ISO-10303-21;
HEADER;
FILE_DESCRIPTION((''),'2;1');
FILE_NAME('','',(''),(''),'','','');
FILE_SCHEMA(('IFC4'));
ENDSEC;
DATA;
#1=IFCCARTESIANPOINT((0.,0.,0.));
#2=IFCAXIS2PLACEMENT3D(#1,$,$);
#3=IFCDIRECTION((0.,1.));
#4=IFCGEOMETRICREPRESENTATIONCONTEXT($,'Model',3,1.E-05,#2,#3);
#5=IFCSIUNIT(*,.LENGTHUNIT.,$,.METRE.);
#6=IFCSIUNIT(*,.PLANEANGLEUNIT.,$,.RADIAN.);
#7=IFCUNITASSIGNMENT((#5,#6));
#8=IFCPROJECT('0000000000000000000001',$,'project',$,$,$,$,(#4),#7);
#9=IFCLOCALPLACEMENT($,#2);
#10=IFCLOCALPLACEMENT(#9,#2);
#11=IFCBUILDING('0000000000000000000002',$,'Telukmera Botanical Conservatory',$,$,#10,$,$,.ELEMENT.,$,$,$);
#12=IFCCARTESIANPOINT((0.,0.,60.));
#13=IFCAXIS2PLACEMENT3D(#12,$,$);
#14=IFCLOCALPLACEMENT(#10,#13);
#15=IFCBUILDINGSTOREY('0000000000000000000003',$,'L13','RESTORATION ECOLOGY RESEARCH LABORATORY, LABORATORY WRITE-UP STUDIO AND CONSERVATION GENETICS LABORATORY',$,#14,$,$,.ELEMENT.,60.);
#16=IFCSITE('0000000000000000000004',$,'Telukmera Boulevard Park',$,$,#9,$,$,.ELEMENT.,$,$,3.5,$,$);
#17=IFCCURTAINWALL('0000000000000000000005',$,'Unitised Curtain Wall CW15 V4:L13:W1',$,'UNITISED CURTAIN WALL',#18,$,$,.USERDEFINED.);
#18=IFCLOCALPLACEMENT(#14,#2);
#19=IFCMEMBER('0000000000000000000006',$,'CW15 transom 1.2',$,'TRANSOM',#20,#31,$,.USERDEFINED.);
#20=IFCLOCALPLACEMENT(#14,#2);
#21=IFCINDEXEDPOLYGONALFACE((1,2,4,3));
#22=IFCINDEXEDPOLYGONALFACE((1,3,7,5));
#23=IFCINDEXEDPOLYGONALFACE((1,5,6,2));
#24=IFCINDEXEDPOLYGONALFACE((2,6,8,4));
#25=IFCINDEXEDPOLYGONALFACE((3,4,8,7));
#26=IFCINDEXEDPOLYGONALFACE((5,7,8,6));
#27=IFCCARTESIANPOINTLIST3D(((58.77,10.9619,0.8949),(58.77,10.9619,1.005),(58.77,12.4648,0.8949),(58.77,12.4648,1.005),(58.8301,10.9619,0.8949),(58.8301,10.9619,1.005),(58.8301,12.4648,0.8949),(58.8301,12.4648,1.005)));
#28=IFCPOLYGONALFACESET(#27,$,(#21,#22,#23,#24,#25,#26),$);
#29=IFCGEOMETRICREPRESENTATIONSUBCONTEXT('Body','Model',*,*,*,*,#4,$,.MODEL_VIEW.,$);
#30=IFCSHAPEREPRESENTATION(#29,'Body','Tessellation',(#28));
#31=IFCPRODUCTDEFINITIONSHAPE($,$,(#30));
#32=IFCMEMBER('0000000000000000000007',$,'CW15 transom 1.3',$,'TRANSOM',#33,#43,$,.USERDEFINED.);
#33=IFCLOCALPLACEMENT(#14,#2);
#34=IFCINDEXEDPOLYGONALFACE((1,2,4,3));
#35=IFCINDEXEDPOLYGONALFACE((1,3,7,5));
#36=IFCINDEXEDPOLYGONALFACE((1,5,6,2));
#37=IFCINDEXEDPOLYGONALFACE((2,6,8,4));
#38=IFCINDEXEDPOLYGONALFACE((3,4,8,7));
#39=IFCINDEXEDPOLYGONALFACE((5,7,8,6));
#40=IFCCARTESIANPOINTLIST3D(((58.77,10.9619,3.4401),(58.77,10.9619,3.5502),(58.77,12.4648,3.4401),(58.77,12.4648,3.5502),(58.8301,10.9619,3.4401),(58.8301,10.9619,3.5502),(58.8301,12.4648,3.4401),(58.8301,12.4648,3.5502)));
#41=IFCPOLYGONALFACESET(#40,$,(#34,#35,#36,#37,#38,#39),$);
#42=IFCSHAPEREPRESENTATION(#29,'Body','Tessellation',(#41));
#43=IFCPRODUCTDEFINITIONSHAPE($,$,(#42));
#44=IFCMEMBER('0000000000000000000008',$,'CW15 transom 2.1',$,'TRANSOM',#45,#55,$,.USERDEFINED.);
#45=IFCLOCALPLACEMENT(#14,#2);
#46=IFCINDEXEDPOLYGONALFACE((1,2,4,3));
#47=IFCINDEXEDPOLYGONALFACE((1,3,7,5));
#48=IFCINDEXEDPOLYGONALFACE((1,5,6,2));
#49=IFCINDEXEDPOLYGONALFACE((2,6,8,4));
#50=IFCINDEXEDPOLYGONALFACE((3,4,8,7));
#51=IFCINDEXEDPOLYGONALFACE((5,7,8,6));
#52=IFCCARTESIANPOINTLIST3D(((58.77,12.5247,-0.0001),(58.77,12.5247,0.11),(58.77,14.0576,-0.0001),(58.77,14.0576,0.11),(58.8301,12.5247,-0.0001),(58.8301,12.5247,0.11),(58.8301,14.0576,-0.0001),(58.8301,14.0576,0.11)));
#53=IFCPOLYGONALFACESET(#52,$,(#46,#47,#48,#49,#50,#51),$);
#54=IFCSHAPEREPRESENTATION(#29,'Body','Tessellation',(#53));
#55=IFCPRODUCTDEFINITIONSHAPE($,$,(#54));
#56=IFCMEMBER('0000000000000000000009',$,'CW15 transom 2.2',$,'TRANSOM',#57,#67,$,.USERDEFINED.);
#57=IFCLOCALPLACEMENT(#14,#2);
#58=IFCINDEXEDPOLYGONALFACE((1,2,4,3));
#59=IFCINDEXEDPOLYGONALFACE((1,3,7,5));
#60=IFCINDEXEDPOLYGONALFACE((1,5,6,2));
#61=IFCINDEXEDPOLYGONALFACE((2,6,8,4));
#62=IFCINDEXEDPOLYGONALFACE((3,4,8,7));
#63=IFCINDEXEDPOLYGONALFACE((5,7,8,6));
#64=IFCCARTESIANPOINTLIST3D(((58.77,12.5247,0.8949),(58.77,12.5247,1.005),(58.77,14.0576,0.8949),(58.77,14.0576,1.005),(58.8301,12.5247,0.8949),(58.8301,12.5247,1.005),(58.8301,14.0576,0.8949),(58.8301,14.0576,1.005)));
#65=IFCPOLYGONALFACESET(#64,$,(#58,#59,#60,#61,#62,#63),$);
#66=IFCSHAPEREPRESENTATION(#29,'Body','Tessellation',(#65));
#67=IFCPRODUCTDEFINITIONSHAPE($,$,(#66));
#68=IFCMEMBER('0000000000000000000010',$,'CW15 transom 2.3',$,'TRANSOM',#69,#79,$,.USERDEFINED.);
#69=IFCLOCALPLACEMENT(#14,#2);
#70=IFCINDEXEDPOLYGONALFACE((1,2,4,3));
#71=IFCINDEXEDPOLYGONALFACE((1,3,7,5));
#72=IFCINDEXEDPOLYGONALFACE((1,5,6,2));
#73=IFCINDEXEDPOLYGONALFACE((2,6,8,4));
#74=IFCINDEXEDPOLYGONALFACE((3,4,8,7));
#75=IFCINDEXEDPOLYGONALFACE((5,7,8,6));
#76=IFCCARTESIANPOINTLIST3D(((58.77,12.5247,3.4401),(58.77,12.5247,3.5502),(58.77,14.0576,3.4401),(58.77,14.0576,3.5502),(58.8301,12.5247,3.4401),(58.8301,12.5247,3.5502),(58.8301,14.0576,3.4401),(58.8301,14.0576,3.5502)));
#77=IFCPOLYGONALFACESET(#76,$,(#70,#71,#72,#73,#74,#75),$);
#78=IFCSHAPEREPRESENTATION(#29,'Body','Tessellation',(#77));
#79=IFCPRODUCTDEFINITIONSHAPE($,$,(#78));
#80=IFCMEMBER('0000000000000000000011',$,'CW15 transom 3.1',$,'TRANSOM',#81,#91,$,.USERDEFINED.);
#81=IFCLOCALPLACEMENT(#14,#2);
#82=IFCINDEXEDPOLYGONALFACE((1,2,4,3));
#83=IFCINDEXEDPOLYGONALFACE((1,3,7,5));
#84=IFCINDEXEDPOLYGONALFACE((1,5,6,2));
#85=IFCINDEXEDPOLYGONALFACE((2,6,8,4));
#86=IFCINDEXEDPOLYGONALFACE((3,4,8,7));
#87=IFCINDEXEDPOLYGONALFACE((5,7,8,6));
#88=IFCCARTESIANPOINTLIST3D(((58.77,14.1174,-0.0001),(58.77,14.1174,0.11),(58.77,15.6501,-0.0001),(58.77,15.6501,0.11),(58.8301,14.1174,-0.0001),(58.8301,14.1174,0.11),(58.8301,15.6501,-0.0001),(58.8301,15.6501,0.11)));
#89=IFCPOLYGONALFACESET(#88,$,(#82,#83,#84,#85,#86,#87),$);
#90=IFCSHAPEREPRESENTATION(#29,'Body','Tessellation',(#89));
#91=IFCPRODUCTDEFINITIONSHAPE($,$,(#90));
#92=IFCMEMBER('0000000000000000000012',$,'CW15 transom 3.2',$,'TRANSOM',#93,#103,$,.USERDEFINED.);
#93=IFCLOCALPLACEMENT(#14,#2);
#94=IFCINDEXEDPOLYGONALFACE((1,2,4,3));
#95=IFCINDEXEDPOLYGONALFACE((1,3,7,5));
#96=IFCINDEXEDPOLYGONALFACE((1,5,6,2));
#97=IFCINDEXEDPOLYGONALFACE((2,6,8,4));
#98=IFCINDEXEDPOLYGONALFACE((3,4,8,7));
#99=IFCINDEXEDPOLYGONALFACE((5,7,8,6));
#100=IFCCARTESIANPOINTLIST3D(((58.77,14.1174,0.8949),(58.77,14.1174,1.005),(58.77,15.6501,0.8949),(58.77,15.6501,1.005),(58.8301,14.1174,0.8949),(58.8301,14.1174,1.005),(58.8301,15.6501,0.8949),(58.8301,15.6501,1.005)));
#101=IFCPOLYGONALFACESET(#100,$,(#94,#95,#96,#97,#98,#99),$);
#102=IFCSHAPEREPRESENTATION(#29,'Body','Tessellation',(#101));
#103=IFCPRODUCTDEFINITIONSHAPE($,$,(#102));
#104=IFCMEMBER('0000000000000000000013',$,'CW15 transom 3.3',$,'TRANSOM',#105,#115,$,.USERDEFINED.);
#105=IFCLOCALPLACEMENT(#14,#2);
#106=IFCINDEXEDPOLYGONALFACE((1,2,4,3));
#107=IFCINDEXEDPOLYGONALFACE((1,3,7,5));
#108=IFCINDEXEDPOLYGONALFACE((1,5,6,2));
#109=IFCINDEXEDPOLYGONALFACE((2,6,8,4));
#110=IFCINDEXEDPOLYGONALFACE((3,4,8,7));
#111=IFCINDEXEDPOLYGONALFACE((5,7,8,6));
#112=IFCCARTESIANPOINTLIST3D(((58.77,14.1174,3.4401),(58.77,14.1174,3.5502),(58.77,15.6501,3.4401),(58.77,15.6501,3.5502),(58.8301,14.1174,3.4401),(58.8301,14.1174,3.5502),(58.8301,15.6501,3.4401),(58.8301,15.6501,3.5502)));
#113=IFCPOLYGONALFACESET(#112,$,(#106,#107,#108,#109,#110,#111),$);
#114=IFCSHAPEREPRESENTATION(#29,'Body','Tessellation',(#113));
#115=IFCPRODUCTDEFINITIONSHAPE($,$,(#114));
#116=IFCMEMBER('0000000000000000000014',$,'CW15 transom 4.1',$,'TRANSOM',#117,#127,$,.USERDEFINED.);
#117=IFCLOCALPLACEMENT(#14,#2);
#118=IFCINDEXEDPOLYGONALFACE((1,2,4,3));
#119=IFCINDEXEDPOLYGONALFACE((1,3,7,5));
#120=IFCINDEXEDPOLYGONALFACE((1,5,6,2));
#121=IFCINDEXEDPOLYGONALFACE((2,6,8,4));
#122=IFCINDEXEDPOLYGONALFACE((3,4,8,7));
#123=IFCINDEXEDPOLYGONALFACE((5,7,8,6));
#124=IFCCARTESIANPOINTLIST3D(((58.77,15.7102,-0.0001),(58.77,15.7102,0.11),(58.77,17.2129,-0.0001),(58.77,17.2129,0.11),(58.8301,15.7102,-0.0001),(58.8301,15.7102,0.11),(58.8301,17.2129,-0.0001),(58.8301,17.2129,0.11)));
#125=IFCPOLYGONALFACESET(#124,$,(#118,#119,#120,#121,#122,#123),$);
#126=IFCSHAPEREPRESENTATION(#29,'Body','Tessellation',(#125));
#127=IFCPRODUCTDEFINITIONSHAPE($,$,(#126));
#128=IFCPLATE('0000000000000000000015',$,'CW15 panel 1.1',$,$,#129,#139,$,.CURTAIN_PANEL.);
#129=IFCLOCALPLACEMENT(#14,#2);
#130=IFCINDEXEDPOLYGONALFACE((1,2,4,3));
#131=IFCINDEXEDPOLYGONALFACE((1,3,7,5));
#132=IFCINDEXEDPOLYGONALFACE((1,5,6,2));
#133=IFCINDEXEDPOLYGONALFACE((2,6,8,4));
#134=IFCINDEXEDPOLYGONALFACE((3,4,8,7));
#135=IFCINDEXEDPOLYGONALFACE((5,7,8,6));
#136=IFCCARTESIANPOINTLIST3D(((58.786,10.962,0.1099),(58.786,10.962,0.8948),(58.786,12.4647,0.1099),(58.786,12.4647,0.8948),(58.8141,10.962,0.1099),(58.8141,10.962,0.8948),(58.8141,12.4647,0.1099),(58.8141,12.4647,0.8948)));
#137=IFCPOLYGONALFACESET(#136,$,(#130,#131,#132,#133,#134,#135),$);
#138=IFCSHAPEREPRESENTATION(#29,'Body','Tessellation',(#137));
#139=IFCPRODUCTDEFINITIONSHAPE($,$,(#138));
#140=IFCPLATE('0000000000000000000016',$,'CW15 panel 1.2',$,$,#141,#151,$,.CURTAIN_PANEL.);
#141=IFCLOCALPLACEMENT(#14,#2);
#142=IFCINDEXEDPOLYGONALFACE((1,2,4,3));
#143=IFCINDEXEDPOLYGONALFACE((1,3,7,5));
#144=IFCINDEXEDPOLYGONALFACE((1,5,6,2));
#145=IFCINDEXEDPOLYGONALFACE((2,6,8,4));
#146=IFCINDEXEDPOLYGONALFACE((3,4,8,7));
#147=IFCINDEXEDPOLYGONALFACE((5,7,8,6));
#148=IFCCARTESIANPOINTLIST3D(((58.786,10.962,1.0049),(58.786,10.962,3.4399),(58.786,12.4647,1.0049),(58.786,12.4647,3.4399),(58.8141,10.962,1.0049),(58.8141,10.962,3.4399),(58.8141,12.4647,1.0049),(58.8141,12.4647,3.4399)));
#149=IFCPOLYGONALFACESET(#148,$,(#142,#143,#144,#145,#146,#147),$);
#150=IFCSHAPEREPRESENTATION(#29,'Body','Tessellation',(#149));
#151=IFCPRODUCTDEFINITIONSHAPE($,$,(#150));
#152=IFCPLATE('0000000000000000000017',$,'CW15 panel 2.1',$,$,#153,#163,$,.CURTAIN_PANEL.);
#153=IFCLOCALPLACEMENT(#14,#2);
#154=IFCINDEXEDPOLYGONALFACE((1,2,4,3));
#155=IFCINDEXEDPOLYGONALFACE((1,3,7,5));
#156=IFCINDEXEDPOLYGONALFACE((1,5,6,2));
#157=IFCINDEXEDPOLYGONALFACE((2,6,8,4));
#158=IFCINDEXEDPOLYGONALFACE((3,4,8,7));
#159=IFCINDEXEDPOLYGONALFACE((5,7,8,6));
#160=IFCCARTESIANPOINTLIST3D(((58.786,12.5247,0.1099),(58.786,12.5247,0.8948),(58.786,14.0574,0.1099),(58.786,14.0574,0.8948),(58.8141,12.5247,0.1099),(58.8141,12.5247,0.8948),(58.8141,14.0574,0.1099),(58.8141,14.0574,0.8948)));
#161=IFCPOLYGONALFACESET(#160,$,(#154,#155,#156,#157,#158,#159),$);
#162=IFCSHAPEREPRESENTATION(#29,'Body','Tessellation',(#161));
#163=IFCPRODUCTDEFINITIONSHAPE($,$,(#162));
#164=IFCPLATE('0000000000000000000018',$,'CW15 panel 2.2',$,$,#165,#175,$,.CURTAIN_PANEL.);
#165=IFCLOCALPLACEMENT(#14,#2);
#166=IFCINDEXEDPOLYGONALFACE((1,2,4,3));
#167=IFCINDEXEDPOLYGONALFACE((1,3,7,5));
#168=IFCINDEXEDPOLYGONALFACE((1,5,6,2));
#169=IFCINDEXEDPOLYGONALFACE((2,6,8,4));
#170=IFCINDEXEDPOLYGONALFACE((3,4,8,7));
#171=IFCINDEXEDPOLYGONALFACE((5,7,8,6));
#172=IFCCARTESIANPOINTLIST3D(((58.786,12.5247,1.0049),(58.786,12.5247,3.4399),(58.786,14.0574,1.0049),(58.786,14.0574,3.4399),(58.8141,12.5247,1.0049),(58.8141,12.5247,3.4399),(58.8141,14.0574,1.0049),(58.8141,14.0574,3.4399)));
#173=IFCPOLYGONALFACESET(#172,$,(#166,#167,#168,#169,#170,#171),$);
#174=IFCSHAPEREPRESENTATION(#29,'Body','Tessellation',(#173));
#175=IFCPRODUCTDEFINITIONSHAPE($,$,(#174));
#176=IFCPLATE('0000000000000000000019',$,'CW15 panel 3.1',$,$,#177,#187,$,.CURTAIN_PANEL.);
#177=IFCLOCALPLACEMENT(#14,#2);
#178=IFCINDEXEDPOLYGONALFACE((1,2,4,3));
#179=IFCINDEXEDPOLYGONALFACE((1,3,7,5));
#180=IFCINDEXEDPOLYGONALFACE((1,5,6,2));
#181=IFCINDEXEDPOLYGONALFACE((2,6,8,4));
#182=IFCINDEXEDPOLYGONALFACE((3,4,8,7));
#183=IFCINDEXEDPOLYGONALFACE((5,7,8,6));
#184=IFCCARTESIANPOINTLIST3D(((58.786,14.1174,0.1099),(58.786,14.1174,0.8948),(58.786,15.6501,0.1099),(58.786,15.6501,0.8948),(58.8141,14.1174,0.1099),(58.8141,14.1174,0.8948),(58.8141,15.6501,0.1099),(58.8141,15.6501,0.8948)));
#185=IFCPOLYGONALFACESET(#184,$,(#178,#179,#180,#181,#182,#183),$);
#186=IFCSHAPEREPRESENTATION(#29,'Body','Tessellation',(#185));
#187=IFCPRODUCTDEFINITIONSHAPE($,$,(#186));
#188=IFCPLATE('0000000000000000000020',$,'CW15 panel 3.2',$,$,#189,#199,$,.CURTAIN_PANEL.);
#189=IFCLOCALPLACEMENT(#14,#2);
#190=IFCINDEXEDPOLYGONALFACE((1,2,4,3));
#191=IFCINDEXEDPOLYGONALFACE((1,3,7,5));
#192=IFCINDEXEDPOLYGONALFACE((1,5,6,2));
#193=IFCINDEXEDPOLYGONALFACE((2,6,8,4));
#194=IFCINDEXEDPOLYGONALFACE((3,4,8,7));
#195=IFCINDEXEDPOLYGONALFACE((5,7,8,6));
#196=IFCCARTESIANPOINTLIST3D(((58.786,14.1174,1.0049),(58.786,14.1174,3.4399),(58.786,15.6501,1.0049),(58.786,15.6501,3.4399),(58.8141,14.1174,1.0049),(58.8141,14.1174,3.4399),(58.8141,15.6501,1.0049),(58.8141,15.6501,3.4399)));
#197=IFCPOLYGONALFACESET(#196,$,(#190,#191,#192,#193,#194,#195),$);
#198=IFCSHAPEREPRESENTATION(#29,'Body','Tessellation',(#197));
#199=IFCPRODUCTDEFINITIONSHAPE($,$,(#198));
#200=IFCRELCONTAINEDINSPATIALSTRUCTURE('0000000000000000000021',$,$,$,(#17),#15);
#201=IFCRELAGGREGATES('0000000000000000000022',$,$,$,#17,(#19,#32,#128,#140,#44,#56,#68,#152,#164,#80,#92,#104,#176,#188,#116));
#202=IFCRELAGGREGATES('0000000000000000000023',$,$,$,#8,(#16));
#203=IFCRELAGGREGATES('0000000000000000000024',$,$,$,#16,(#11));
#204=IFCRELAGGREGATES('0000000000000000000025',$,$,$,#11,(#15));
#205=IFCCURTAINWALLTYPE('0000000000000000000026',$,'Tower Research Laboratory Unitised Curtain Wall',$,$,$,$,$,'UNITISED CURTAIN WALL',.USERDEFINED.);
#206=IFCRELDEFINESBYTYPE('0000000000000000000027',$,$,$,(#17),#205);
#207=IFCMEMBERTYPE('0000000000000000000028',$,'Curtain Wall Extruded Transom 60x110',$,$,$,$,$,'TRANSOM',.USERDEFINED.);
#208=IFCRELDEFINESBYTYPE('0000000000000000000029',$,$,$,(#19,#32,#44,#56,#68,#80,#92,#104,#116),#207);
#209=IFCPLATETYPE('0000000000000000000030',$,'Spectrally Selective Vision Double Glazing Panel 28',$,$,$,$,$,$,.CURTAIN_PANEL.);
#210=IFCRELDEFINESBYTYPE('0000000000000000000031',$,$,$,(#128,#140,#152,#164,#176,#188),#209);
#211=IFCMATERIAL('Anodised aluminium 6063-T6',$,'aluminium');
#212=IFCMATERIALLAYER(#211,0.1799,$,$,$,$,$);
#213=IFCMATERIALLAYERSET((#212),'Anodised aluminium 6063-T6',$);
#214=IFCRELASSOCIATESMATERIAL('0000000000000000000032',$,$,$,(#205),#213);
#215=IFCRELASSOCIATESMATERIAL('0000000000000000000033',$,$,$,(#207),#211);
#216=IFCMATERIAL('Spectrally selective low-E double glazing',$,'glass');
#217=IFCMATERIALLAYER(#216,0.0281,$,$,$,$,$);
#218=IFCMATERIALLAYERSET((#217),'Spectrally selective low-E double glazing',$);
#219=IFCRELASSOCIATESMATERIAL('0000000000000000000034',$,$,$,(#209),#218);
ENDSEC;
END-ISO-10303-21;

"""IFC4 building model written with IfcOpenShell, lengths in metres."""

from ifc_helpers import new_model, si_unit, direction, frame, origin, origin_2d, place, context, subcontext, project, spatial, rectangle, extrude, material, layer, layer_set, material_profile, profile_set, type_object, element, aggregate, save


model = new_model("IFC4")

# Units and contexts
model_context = context("Model", 3, precision=1e-05, world=origin(), true_north=direction((0.0, 1.0)))
body_context = subcontext(model_context, "Body", "Model", "MODEL_VIEW")
ifc_project = project(units=[si_unit("LENGTHUNIT", "METRE"), si_unit("PLANEANGLEUNIT", "RADIAN")], contexts=[model_context])

# Site, building, storey
site_placement = place(None, origin())
site = spatial("IfcSite", under=ifc_project, at=site_placement, Name="Telukmera Boulevard Park", CompositionType="ELEMENT", RefElevation=3.5)
building_placement = place(site_placement, origin())
building = spatial("IfcBuilding", under=site, at=building_placement, Name="Telukmera Botanical Conservatory", CompositionType="ELEMENT")
storey_placement = place(building_placement, frame((0.0, 0.0, 60.0)))
storey = spatial("IfcBuildingStorey", under=building, at=storey_placement, Name="L13", Description="RESTORATION ECOLOGY RESEARCH LABORATORY, LABORATORY WRITE-UP STUDIO AND CONSERVATION GENETICS LABORATORY", CompositionType="ELEMENT", Elevation=60.0)

# Curtain wall, members, plates
ifc_material_1 = material(Name="Anodised aluminium 6063-T6", Category="aluminium")
ifc_layer_1 = layer(ifc_material_1, 0.1799)
ifc_layer_set_1 = layer_set([ifc_layer_1], Name="Anodised aluminium 6063-T6")
curtain_wall_type = type_object("IfcCurtainWallType", Name="Tower Research Laboratory Unitised Curtain Wall", ElementType="UNITISED CURTAIN WALL", PredefinedType="USERDEFINED", material=ifc_layer_set_1)
curtain_wall_placement = place(storey_placement, origin())
curtain_wall = element("IfcCurtainWall", 1, at=curtain_wall_placement, inside=storey, type_object=curtain_wall_type, Name="Unitised Curtain Wall CW15 V4:L13:W1", ObjectType="UNITISED CURTAIN WALL", PredefinedType="USERDEFINED")
ifc_material_profile_1 = material_profile(ifc_material_1, rectangle(XDim=0.0601, YDim=0.1101, at=origin_2d()), Name="ALU TRAN 60x110")
ifc_profile_set_1 = profile_set([ifc_material_profile_1], Name="Anodised aluminium 6063-T6")
member_type_1 = type_object("IfcMemberType", Name="Curtain Wall Extruded Transom 60x110", ElementType="TRANSOM", PredefinedType="USERDEFINED", material=ifc_profile_set_1)
member_1_placement = place(storey_placement, frame((58.8, 10.9619, 0.95), z_axis=(0.0, 1.0, 0.0), x_axis=(-1.0, 0.0, 0.0)))
member_1 = element("IfcMember", 2, at=member_1_placement, type_object=member_type_1, Name="CW15 transom 1.2", ObjectType="TRANSOM", PredefinedType="USERDEFINED", context=body_context, shape_type="SweptSolid", body=[
    extrude(rectangle(XDim=0.0601, YDim=0.1101, at=origin_2d()), origin(), (0.0, 0.0, 1.0), 1.5029),
])
member_2_placement = place(storey_placement, frame((58.8, 10.9619, 3.4951), z_axis=(0.0, 1.0, 0.0), x_axis=(-1.0, 0.0, 0.0)))
member_2 = element("IfcMember", 3, at=member_2_placement, type_object=member_type_1, Name="CW15 transom 1.3", ObjectType="TRANSOM", PredefinedType="USERDEFINED", context=body_context, shape_type="SweptSolid", body=[
    extrude(rectangle(XDim=0.0601, YDim=0.1101, at=origin_2d()), origin(), (0.0, 0.0, 1.0), 1.5029),
])
member_3_placement = place(storey_placement, frame((58.8, 12.5247, 0.0549), z_axis=(0.0, 1.0, 0.0), x_axis=(-1.0, 0.0, 0.0)))
member_3 = element("IfcMember", 4, at=member_3_placement, type_object=member_type_1, Name="CW15 transom 2.1", ObjectType="TRANSOM", PredefinedType="USERDEFINED", context=body_context, shape_type="SweptSolid", body=[
    extrude(rectangle(XDim=0.0601, YDim=0.1101, at=origin_2d()), origin(), (0.0, 0.0, 1.0), 1.533),
])
member_4_placement = place(storey_placement, frame((58.8, 12.5247, 0.95), z_axis=(0.0, 1.0, 0.0), x_axis=(-1.0, 0.0, 0.0)))
member_4 = element("IfcMember", 5, at=member_4_placement, type_object=member_type_1, Name="CW15 transom 2.2", ObjectType="TRANSOM", PredefinedType="USERDEFINED", context=body_context, shape_type="SweptSolid", body=[
    extrude(rectangle(XDim=0.0601, YDim=0.1101, at=origin_2d()), origin(), (0.0, 0.0, 1.0), 1.533),
])
member_5_placement = place(storey_placement, frame((58.8, 12.5247, 3.4951), z_axis=(0.0, 1.0, 0.0), x_axis=(-1.0, 0.0, 0.0)))
member_5 = element("IfcMember", 6, at=member_5_placement, type_object=member_type_1, Name="CW15 transom 2.3", ObjectType="TRANSOM", PredefinedType="USERDEFINED", context=body_context, shape_type="SweptSolid", body=[
    extrude(rectangle(XDim=0.0601, YDim=0.1101, at=origin_2d()), origin(), (0.0, 0.0, 1.0), 1.533),
])
member_6_placement = place(storey_placement, frame((58.8, 14.1174, 0.0549), z_axis=(0.0, 1.0, 0.0), x_axis=(-1.0, 0.0, 0.0)))
member_6 = element("IfcMember", 7, at=member_6_placement, type_object=member_type_1, Name="CW15 transom 3.1", ObjectType="TRANSOM", PredefinedType="USERDEFINED", context=body_context, shape_type="SweptSolid", body=[
    extrude(rectangle(XDim=0.0601, YDim=0.1101, at=origin_2d()), origin(), (0.0, 0.0, 1.0), 1.5327),
])
member_7_placement = place(storey_placement, frame((58.8, 14.1174, 0.95), z_axis=(0.0, 1.0, 0.0), x_axis=(-1.0, 0.0, 0.0)))
member_7 = element("IfcMember", 8, at=member_7_placement, type_object=member_type_1, Name="CW15 transom 3.2", ObjectType="TRANSOM", PredefinedType="USERDEFINED", context=body_context, shape_type="SweptSolid", body=[
    extrude(rectangle(XDim=0.0601, YDim=0.1101, at=origin_2d()), origin(), (0.0, 0.0, 1.0), 1.5327),
])
member_8_placement = place(storey_placement, frame((58.8, 14.1174, 3.4951), z_axis=(0.0, 1.0, 0.0), x_axis=(-1.0, 0.0, 0.0)))
member_8 = element("IfcMember", 9, at=member_8_placement, type_object=member_type_1, Name="CW15 transom 3.3", ObjectType="TRANSOM", PredefinedType="USERDEFINED", context=body_context, shape_type="SweptSolid", body=[
    extrude(rectangle(XDim=0.0601, YDim=0.1101, at=origin_2d()), origin(), (0.0, 0.0, 1.0), 1.5327),
])
member_9_placement = place(storey_placement, frame((58.8, 15.7102, 0.0549), z_axis=(0.0, 1.0, 0.0), x_axis=(-1.0, 0.0, 0.0)))
member_9 = element("IfcMember", 10, at=member_9_placement, type_object=member_type_1, Name="CW15 transom 4.1", ObjectType="TRANSOM", PredefinedType="USERDEFINED", context=body_context, shape_type="SweptSolid", body=[
    extrude(rectangle(XDim=0.0601, YDim=0.1101, at=origin_2d()), origin(), (0.0, 0.0, 1.0), 1.5027),
])
ifc_material_2 = material(Name="Spectrally selective low-E double glazing", Category="glass")
ifc_layer_2 = layer(ifc_material_2, 0.0281)
ifc_layer_set_2 = layer_set([ifc_layer_2], Name="Spectrally selective low-E double glazing")
plate_type = type_object("IfcPlateType", Name="Spectrally Selective Vision Double Glazing Panel 28", PredefinedType="CURTAIN_PANEL", material=ifc_layer_set_2)
plate_1_placement = place(storey_placement, frame((58.8, 11.7134, 0.1099), z_axis=(0.0, 0.0, 1.0), x_axis=(0.0, 1.0, 0.0)))
plate_1 = element("IfcPlate", 11, at=plate_1_placement, type_object=plate_type, Name="CW15 panel 1.1", PredefinedType="CURTAIN_PANEL", context=body_context, shape_type="SweptSolid", body=[
    extrude(rectangle(XDim=1.5027, YDim=0.0281, at=origin_2d()), origin(), (0.0, 0.0, 1.0), 0.7849),
])
plate_2_placement = place(storey_placement, frame((58.8, 11.7134, 1.0049), z_axis=(0.0, 0.0, 1.0), x_axis=(0.0, 1.0, 0.0)))
plate_2 = element("IfcPlate", 12, at=plate_2_placement, type_object=plate_type, Name="CW15 panel 1.2", PredefinedType="CURTAIN_PANEL", context=body_context, shape_type="SweptSolid", body=[
    extrude(rectangle(XDim=1.5027, YDim=0.0281, at=origin_2d()), origin(), (0.0, 0.0, 1.0), 2.4351),
])
plate_3_placement = place(storey_placement, frame((58.8, 13.291, 0.1099), z_axis=(0.0, 0.0, 1.0), x_axis=(0.0, 1.0, 0.0)))
plate_3 = element("IfcPlate", 13, at=plate_3_placement, type_object=plate_type, Name="CW15 panel 2.1", PredefinedType="CURTAIN_PANEL", context=body_context, shape_type="SweptSolid", body=[
    extrude(rectangle(XDim=1.5327, YDim=0.0281, at=origin_2d()), origin(), (0.0, 0.0, 1.0), 0.7849),
])
plate_4_placement = place(storey_placement, frame((58.8, 13.291, 1.0049), z_axis=(0.0, 0.0, 1.0), x_axis=(0.0, 1.0, 0.0)))
plate_4 = element("IfcPlate", 14, at=plate_4_placement, type_object=plate_type, Name="CW15 panel 2.2", PredefinedType="CURTAIN_PANEL", context=body_context, shape_type="SweptSolid", body=[
    extrude(rectangle(XDim=1.5327, YDim=0.0281, at=origin_2d()), origin(), (0.0, 0.0, 1.0), 2.4351),
])
plate_5_placement = place(storey_placement, frame((58.8, 14.8838, 0.1099), z_axis=(0.0, 0.0, 1.0), x_axis=(0.0, 1.0, 0.0)))
plate_5 = element("IfcPlate", 15, at=plate_5_placement, type_object=plate_type, Name="CW15 panel 3.1", PredefinedType="CURTAIN_PANEL", context=body_context, shape_type="SweptSolid", body=[
    extrude(rectangle(XDim=1.5327, YDim=0.0281, at=origin_2d()), origin(), (0.0, 0.0, 1.0), 0.7849),
])
plate_6_placement = place(storey_placement, frame((58.8, 14.8838, 1.0049), z_axis=(0.0, 0.0, 1.0), x_axis=(0.0, 1.0, 0.0)))
plate_6 = element("IfcPlate", 16, at=plate_6_placement, type_object=plate_type, Name="CW15 panel 3.2", PredefinedType="CURTAIN_PANEL", context=body_context, shape_type="SweptSolid", body=[
    extrude(rectangle(XDim=1.5327, YDim=0.0281, at=origin_2d()), origin(), (0.0, 0.0, 1.0), 2.4351),
])
aggregate(curtain_wall, [member_1, member_2, plate_1, plate_2, member_3, member_4, member_5, plate_3, plate_4, member_6, member_7, member_8, plate_5, plate_6, member_9])

save(model, "model.ifc")
